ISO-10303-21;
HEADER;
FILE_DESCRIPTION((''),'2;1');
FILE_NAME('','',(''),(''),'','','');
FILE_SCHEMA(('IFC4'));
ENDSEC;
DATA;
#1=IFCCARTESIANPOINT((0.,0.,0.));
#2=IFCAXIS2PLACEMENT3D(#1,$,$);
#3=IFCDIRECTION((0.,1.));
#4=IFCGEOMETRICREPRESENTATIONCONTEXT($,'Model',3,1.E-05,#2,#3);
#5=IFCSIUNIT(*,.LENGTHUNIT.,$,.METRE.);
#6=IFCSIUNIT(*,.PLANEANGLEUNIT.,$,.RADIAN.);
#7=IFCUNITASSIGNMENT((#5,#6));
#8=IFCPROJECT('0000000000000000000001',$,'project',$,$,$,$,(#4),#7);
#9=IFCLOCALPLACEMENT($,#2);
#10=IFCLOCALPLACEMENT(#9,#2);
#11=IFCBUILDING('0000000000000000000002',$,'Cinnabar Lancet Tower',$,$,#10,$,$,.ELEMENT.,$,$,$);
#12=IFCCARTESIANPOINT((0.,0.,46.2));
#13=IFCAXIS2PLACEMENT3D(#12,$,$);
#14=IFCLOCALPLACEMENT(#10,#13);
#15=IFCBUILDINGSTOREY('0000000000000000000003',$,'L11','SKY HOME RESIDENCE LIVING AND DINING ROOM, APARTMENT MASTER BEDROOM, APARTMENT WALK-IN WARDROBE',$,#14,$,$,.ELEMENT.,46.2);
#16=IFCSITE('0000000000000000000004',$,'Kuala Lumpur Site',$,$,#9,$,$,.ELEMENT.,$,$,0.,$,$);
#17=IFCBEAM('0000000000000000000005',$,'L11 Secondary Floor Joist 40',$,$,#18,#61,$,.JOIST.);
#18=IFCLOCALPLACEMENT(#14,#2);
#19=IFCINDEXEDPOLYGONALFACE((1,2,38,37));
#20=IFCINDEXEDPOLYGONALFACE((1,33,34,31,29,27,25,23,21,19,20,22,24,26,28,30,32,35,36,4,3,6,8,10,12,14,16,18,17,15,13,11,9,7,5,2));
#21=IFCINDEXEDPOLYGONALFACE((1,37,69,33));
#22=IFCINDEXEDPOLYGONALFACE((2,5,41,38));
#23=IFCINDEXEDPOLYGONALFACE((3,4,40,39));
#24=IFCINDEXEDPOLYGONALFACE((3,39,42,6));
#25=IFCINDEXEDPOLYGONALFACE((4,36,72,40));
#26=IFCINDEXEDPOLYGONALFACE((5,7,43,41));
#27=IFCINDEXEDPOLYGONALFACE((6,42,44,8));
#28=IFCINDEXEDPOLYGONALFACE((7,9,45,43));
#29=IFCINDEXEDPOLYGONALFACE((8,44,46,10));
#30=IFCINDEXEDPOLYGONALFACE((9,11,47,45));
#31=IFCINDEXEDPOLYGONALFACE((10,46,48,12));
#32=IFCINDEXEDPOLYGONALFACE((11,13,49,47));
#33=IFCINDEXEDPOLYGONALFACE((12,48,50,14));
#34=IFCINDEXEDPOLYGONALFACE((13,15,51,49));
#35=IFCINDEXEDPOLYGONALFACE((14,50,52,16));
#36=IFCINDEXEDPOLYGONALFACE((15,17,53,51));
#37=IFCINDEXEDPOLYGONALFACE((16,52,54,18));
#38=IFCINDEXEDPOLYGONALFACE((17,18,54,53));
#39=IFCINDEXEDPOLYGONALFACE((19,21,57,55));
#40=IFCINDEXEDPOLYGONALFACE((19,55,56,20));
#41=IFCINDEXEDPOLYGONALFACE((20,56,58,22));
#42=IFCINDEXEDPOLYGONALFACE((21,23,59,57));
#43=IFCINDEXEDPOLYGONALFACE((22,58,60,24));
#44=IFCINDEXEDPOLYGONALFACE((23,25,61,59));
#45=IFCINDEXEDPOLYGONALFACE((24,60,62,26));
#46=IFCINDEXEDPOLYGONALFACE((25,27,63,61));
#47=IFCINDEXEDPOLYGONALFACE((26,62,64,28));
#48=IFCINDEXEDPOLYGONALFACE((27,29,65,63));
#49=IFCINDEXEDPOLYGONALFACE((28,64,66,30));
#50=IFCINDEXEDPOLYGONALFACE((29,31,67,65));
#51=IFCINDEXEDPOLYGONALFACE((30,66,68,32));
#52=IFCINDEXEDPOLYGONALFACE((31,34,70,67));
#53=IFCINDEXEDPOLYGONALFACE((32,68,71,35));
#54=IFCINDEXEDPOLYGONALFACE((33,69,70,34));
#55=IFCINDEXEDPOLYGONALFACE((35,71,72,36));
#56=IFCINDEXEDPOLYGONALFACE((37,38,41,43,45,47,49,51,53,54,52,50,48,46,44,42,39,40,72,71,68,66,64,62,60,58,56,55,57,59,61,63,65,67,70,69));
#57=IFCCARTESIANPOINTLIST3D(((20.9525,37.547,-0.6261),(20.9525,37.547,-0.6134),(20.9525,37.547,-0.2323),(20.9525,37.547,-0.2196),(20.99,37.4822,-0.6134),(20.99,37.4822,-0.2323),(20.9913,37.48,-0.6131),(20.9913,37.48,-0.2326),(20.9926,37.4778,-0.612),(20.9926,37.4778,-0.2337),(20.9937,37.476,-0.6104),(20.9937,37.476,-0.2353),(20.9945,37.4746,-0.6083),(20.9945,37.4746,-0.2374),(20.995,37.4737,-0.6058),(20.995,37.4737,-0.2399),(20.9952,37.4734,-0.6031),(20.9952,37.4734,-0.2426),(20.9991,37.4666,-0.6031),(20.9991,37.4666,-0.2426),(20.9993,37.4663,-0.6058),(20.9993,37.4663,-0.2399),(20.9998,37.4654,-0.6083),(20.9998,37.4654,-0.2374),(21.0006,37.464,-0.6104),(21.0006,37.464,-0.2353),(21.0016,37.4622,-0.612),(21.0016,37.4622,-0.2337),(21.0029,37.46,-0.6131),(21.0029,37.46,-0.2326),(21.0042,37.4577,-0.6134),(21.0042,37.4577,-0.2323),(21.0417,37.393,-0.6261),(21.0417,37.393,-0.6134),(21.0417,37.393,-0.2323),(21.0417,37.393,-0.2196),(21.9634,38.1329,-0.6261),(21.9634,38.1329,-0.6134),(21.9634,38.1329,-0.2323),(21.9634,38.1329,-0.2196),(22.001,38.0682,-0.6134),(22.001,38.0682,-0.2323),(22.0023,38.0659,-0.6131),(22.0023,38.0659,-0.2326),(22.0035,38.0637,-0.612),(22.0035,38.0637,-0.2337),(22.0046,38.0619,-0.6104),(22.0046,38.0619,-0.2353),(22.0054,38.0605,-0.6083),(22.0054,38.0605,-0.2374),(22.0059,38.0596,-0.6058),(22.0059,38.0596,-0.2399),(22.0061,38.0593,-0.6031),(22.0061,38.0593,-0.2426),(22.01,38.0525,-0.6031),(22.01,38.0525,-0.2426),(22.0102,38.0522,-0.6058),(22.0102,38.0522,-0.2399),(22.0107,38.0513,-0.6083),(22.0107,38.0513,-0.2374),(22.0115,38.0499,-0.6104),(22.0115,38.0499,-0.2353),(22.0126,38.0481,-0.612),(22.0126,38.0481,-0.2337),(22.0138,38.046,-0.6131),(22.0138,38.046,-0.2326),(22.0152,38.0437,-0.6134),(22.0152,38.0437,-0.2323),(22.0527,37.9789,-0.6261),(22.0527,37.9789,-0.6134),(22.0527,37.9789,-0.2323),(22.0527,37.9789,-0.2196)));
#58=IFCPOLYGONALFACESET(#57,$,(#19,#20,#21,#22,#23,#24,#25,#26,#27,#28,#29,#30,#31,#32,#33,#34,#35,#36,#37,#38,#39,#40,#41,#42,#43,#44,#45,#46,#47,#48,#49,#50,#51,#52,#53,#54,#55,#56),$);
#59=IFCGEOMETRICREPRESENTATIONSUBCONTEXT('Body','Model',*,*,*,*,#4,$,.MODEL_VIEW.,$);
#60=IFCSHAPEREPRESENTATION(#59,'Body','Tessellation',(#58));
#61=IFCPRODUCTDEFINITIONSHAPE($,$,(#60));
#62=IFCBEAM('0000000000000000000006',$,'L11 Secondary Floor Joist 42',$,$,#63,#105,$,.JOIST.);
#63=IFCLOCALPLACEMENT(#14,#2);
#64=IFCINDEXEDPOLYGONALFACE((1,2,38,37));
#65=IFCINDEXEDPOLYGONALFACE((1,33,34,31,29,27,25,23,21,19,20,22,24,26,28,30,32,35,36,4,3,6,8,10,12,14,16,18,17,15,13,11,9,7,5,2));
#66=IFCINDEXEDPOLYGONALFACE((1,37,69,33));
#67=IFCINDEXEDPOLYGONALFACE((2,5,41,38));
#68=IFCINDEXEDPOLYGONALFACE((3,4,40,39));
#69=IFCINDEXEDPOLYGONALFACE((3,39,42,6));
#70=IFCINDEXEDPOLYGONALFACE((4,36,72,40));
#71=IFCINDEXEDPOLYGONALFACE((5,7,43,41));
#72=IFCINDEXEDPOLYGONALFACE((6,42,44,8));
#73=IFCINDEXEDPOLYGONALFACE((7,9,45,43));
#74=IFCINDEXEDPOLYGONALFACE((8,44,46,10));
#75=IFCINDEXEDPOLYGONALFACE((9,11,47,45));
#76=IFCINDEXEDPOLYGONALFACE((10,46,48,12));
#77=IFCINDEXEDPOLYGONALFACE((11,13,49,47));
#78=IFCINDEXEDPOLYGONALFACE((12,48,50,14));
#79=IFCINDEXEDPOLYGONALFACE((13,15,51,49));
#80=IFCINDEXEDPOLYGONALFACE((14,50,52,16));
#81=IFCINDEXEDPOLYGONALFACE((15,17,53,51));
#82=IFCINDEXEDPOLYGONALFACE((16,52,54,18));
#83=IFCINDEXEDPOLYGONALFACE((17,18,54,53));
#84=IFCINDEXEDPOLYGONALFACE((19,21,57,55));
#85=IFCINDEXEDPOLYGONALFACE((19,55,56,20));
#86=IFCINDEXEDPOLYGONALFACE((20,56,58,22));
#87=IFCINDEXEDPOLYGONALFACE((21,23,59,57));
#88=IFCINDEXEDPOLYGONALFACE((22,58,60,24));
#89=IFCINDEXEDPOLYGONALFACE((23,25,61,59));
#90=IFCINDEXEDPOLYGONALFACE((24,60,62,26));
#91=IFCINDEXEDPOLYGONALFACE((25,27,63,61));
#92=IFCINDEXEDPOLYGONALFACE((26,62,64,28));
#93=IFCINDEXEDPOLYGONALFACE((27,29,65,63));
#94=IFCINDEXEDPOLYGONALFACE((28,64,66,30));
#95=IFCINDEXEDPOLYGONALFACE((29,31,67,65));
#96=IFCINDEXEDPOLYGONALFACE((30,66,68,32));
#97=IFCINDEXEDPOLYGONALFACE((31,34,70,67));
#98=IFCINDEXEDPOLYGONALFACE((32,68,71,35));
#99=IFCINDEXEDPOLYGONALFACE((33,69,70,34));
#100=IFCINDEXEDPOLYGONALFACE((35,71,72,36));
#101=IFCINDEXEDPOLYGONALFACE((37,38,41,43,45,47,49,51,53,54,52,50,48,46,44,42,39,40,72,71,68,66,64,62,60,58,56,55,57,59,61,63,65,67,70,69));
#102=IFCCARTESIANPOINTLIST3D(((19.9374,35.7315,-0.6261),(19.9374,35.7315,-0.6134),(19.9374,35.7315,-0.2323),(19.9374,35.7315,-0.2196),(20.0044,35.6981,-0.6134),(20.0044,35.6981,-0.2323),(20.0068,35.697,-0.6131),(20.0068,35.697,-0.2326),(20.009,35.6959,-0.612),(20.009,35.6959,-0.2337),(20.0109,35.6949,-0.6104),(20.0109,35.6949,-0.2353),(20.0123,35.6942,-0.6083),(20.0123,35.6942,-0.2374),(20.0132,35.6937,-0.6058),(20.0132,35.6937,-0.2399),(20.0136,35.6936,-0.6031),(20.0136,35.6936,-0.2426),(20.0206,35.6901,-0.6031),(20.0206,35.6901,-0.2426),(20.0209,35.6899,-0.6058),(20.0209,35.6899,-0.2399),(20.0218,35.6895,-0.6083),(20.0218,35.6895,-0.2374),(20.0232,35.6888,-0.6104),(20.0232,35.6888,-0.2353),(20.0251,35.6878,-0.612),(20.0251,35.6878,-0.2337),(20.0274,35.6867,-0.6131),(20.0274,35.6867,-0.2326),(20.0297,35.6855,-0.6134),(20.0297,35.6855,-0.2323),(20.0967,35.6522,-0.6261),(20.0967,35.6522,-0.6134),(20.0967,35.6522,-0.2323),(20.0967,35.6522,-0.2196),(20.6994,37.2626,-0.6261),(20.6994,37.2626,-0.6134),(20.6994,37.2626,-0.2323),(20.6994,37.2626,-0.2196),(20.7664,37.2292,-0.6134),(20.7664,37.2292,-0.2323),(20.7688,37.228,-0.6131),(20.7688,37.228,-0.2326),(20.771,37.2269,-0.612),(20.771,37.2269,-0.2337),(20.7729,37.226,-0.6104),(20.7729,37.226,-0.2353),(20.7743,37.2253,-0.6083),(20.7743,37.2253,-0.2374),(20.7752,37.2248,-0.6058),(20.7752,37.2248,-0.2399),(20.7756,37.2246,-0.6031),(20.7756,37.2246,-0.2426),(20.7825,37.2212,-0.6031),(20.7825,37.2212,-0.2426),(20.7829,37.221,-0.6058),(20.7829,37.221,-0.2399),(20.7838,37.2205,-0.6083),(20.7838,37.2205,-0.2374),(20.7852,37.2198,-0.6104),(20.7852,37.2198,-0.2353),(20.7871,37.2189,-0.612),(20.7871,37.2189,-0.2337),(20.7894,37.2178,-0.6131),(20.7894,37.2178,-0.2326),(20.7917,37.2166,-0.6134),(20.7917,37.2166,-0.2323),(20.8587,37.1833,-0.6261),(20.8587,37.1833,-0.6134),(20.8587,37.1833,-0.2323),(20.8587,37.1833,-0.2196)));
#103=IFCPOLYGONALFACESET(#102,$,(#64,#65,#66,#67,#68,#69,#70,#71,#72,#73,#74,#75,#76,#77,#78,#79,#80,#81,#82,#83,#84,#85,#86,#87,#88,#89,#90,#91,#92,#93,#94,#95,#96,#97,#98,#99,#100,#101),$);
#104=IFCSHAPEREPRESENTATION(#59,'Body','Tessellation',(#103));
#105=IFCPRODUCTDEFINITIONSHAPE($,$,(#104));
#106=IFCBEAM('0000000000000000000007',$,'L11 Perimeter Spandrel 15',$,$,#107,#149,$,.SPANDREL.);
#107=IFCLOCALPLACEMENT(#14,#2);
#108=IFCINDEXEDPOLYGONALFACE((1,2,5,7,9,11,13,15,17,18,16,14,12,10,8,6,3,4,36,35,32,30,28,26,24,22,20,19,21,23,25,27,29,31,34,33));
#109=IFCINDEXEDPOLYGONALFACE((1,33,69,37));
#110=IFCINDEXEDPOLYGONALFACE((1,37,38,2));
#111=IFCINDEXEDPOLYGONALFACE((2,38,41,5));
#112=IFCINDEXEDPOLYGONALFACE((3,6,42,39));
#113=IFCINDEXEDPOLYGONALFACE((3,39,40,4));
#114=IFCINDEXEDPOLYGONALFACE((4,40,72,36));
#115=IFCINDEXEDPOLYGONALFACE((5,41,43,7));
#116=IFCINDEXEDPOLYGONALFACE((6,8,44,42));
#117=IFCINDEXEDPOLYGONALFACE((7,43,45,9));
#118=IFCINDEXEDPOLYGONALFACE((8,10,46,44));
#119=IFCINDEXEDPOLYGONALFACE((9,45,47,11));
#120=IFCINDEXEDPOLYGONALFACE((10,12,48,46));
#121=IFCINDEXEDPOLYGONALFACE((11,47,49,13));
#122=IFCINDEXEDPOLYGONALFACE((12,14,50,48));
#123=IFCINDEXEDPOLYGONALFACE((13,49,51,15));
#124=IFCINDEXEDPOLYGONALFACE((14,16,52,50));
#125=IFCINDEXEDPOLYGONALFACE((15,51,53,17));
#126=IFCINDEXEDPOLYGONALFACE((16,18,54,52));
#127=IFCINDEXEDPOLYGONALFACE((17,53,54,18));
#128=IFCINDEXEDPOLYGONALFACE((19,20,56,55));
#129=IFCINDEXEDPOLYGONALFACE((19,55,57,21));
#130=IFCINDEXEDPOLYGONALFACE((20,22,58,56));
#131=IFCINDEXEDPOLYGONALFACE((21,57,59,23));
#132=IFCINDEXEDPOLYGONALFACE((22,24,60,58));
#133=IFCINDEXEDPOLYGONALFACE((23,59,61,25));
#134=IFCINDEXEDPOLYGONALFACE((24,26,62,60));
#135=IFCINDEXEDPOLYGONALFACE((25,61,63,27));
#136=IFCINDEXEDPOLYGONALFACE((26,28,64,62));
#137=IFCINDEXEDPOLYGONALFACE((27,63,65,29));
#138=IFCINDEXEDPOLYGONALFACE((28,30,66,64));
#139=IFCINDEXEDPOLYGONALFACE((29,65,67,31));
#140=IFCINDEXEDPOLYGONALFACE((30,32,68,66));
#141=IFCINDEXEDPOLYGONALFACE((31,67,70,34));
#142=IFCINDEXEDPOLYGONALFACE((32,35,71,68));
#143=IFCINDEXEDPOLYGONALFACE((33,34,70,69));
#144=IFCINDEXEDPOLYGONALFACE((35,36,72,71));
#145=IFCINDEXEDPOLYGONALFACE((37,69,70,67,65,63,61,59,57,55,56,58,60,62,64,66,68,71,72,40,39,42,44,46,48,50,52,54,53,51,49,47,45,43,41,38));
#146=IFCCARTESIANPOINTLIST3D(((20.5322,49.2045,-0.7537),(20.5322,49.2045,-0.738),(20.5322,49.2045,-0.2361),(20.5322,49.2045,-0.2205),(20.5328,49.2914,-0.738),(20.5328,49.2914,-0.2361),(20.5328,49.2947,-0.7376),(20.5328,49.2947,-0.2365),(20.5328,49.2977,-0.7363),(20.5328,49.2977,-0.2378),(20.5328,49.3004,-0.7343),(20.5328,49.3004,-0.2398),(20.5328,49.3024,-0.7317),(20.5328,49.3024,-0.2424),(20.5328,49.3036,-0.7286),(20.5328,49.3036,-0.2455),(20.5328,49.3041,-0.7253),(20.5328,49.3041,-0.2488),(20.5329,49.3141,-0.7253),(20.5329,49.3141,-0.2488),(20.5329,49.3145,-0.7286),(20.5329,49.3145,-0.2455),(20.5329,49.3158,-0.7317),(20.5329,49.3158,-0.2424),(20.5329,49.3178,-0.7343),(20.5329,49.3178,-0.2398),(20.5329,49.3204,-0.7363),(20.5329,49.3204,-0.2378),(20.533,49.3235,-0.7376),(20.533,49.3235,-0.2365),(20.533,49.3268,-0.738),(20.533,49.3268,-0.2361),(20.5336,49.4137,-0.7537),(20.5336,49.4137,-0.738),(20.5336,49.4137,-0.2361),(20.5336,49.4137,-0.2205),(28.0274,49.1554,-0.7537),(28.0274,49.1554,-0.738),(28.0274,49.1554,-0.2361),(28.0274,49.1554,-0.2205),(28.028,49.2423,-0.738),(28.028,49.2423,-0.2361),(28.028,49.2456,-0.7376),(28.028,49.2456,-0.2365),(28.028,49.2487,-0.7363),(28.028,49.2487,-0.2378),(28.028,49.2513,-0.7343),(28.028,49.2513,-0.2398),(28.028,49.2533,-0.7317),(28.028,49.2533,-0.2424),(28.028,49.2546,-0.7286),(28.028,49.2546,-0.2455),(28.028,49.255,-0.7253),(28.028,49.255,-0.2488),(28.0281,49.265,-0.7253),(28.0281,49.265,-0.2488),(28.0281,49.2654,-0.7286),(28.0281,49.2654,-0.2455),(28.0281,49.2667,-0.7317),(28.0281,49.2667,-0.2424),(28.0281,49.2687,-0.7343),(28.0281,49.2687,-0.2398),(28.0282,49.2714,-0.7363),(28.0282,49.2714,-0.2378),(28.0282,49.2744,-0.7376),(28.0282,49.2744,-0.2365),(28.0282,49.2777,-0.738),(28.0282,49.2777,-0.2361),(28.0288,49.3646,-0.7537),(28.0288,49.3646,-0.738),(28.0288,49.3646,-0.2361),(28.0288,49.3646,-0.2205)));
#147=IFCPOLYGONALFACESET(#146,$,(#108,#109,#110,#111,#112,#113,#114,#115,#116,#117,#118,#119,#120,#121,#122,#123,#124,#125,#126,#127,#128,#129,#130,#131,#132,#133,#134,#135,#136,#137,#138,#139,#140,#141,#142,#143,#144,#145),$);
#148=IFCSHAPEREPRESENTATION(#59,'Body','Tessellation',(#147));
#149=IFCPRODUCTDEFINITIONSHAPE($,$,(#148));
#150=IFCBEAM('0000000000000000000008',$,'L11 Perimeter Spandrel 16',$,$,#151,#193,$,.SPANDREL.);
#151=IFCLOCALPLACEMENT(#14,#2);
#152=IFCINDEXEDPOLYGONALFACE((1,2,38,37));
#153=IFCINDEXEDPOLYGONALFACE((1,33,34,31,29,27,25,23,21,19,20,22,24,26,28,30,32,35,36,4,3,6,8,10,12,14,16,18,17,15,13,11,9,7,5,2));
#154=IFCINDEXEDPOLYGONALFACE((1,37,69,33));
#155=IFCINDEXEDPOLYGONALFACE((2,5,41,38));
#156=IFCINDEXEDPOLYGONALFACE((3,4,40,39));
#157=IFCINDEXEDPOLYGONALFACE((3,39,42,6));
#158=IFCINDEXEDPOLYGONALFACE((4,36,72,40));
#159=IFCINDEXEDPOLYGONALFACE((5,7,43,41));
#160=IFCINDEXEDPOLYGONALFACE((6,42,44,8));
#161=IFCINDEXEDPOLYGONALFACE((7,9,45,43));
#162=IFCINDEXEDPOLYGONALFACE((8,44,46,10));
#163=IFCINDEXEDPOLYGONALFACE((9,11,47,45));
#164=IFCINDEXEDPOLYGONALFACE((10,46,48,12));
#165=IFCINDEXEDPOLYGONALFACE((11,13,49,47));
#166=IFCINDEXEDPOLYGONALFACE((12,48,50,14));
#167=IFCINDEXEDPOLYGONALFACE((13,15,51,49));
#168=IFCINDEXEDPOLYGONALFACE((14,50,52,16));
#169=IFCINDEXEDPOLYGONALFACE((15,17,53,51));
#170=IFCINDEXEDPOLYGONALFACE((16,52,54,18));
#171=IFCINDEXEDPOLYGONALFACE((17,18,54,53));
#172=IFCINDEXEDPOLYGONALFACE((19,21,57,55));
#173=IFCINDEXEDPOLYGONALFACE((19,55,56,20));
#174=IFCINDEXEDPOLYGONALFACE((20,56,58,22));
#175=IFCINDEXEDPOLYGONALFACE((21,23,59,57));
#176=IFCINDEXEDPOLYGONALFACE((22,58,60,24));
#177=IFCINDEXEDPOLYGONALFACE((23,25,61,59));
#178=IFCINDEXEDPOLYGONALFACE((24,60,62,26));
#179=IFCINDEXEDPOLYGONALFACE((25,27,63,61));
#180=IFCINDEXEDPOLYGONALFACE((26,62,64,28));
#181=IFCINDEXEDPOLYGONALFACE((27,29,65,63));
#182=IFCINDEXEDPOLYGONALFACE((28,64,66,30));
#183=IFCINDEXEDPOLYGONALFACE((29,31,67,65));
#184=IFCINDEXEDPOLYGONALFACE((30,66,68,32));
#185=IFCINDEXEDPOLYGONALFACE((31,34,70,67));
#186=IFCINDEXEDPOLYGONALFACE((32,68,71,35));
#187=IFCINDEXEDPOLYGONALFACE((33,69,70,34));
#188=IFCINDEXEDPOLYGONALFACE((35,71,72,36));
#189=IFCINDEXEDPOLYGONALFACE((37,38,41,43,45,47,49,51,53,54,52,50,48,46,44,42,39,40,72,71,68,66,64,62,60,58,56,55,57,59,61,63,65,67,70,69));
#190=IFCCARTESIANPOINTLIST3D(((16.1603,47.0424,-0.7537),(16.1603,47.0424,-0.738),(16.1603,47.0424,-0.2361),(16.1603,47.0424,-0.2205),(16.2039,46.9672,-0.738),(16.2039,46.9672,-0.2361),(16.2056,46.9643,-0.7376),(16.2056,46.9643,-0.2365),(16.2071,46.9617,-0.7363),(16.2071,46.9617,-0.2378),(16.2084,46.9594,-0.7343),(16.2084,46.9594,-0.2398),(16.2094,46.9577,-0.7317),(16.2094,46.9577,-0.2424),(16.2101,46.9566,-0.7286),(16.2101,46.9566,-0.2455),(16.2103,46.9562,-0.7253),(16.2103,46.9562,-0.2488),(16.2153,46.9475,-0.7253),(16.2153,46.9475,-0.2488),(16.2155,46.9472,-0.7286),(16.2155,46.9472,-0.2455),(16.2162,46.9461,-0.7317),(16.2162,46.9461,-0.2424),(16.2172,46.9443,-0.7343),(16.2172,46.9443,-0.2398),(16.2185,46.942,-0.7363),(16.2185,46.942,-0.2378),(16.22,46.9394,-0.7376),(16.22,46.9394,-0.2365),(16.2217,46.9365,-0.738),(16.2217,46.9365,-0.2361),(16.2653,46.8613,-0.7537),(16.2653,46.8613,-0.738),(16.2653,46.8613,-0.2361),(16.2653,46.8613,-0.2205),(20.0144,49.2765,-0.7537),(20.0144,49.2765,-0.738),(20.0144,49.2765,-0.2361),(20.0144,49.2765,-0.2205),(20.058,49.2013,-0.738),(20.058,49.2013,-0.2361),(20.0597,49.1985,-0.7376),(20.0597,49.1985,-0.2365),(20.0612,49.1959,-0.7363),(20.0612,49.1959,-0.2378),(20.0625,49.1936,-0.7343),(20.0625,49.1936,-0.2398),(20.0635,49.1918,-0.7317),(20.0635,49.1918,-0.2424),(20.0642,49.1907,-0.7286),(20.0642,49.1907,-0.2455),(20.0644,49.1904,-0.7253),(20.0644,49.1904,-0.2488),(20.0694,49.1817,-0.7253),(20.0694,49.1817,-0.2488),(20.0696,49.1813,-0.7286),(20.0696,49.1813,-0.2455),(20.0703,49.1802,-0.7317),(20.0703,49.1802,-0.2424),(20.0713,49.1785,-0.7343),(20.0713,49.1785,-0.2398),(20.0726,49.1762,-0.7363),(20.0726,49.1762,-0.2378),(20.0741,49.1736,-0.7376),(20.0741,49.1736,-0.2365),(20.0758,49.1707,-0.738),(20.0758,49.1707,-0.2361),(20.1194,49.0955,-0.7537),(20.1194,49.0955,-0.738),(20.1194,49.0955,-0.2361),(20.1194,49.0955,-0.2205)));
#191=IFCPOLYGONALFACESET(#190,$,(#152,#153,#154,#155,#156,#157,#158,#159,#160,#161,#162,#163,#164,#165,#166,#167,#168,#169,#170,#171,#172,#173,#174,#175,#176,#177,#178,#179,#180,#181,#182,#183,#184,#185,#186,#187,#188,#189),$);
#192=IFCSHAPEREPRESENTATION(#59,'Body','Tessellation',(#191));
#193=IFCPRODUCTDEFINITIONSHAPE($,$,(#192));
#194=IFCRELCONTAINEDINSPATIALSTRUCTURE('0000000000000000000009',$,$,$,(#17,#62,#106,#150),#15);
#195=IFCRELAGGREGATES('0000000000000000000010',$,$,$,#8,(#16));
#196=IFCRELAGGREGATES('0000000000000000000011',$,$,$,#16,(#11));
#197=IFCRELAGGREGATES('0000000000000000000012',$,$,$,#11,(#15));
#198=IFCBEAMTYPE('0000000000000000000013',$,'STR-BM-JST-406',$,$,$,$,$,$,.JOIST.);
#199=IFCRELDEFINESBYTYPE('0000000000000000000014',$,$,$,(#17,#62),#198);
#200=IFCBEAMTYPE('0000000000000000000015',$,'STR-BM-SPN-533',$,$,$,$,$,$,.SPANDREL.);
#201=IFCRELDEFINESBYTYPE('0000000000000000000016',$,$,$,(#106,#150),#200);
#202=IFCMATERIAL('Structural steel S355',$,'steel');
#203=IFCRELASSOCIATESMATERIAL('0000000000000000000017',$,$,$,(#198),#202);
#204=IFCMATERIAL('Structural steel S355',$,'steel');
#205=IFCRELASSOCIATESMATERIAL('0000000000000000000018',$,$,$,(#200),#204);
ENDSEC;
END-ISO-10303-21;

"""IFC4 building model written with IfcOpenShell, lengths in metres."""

from ifc_helpers import new_model, si_unit, direction, frame, origin, origin_2d, place, context, subcontext, project, spatial, i_section, extrude, material, material_profile, profile_set, type_object, element, save


model = new_model("IFC4")

# Units and contexts
model_context = context("Model", 3, precision=1e-05, world=origin(), true_north=direction((0.0, 1.0)))
body_context = subcontext(model_context, "Body", "Model", "MODEL_VIEW")
ifc_project = project(units=[si_unit("LENGTHUNIT", "METRE"), si_unit("PLANEANGLEUNIT", "RADIAN")], contexts=[model_context])

# Site, building, storey
site_placement = place(None, origin())
site = spatial("IfcSite", under=ifc_project, at=site_placement, Name="Kuala Lumpur Site", CompositionType="ELEMENT", RefElevation=0.0)
building_placement = place(site_placement, origin())
building = spatial("IfcBuilding", under=site, at=building_placement, Name="Cinnabar Lancet Tower", CompositionType="ELEMENT")
storey_placement = place(building_placement, frame((0.0, 0.0, 46.2)))
storey = spatial("IfcBuildingStorey", under=building, at=storey_placement, Name="L11", Description="SKY HOME RESIDENCE LIVING AND DINING ROOM, APARTMENT MASTER BEDROOM, APARTMENT WALK-IN WARDROBE", CompositionType="ELEMENT", Elevation=46.2)

# Beams
ifc_material_1 = material(Name="Structural steel S355", Category="steel")
ifc_material_profile_1 = material_profile(ifc_material_1, i_section(OverallWidth=0.178, OverallDepth=0.4065, WebThickness=0.0078, FlangeThickness=0.0127, FilletRadius=0.0103, at=origin_2d()), Name="UKB 406x178x60")
ifc_profile_set_1 = profile_set([ifc_material_profile_1], Name="Structural steel S355")
beam_type_1 = type_object("IfcBeamType", Name="STR-BM-JST-406", PredefinedType="JOIST", material=ifc_profile_set_1)
beam_1_placement = place(storey_placement, frame((22.0081, 38.0559, -0.4229), z_axis=(-0.865193, -0.50144, 0.0), x_axis=(0.50144, -0.865193, 0.0)))
element("IfcBeam", 1, at=beam_1_placement, inside=storey, type_object=beam_type_1, Name="L11 Secondary Floor Joist 40", PredefinedType="JOIST", context=body_context, shape_type="SweptSolid", body=[
    extrude(i_section(OverallWidth=0.178, OverallDepth=0.4065, WebThickness=0.0078, FlangeThickness=0.0127, FilletRadius=0.0103, at=origin_2d()), origin(), (0.0, 0.0, 1.0), 1.1685),
])
beam_2_placement = place(storey_placement, frame((20.7791, 37.2229, -0.4229), z_axis=(-0.445557, -0.895254, 0.0), x_axis=(0.895254, -0.445557, 0.0)))
element("IfcBeam", 2, at=beam_2_placement, inside=storey, type_object=beam_type_1, Name="L11 Secondary Floor Joist 42", PredefinedType="JOIST", context=body_context, shape_type="SweptSolid", body=[
    extrude(i_section(OverallWidth=0.178, OverallDepth=0.4065, WebThickness=0.0078, FlangeThickness=0.0127, FilletRadius=0.0103, at=origin_2d()), origin(), (0.0, 0.0, 1.0), 1.7102),
])
ifc_material_2 = material(Name="Structural steel S355", Category="steel")
ifc_material_profile_2 = material_profile(ifc_material_2, i_section(OverallWidth=0.2092, OverallDepth=0.5332, WebThickness=0.01, FlangeThickness=0.0156, FilletRadius=0.0127, at=origin_2d()), Name="UKB 533x210x92")
ifc_profile_set_2 = profile_set([ifc_material_profile_2], Name="Structural steel S355")
beam_type_2 = type_object("IfcBeamType", Name="STR-BM-SPN-533", PredefinedType="SPANDREL", material=ifc_profile_set_2)
beam_3_placement = place(storey_placement, frame((28.0281, 49.26, -0.4871), z_axis=(-0.999979, 0.006547, 0.0), x_axis=(-0.006547, -0.999979, 0.0)))
element("IfcBeam", 3, at=beam_3_placement, inside=storey, type_object=beam_type_2, Name="L11 Perimeter Spandrel 15", PredefinedType="SPANDREL", context=body_context, shape_type="SweptSolid", body=[
    extrude(i_section(OverallWidth=0.2092, OverallDepth=0.5332, WebThickness=0.01, FlangeThickness=0.0156, FilletRadius=0.0127, at=origin_2d()), origin(), (0.0, 0.0, 1.0), 7.4954),
])
beam_4_placement = place(storey_placement, frame((20.0669, 49.186, -0.4871), z_axis=(-0.865147, -0.501518, 0.0), x_axis=(0.501518, -0.865147, 0.0)))
element("IfcBeam", 4, at=beam_4_placement, inside=storey, type_object=beam_type_2, Name="L11 Perimeter Spandrel 16", PredefinedType="SPANDREL", context=body_context, shape_type="SweptSolid", body=[
    extrude(i_section(OverallWidth=0.2092, OverallDepth=0.5332, WebThickness=0.01, FlangeThickness=0.0156, FilletRadius=0.0127, at=origin_2d()), origin(), (0.0, 0.0, 1.0), 4.4548),
])

save(model, "model.ifc")
